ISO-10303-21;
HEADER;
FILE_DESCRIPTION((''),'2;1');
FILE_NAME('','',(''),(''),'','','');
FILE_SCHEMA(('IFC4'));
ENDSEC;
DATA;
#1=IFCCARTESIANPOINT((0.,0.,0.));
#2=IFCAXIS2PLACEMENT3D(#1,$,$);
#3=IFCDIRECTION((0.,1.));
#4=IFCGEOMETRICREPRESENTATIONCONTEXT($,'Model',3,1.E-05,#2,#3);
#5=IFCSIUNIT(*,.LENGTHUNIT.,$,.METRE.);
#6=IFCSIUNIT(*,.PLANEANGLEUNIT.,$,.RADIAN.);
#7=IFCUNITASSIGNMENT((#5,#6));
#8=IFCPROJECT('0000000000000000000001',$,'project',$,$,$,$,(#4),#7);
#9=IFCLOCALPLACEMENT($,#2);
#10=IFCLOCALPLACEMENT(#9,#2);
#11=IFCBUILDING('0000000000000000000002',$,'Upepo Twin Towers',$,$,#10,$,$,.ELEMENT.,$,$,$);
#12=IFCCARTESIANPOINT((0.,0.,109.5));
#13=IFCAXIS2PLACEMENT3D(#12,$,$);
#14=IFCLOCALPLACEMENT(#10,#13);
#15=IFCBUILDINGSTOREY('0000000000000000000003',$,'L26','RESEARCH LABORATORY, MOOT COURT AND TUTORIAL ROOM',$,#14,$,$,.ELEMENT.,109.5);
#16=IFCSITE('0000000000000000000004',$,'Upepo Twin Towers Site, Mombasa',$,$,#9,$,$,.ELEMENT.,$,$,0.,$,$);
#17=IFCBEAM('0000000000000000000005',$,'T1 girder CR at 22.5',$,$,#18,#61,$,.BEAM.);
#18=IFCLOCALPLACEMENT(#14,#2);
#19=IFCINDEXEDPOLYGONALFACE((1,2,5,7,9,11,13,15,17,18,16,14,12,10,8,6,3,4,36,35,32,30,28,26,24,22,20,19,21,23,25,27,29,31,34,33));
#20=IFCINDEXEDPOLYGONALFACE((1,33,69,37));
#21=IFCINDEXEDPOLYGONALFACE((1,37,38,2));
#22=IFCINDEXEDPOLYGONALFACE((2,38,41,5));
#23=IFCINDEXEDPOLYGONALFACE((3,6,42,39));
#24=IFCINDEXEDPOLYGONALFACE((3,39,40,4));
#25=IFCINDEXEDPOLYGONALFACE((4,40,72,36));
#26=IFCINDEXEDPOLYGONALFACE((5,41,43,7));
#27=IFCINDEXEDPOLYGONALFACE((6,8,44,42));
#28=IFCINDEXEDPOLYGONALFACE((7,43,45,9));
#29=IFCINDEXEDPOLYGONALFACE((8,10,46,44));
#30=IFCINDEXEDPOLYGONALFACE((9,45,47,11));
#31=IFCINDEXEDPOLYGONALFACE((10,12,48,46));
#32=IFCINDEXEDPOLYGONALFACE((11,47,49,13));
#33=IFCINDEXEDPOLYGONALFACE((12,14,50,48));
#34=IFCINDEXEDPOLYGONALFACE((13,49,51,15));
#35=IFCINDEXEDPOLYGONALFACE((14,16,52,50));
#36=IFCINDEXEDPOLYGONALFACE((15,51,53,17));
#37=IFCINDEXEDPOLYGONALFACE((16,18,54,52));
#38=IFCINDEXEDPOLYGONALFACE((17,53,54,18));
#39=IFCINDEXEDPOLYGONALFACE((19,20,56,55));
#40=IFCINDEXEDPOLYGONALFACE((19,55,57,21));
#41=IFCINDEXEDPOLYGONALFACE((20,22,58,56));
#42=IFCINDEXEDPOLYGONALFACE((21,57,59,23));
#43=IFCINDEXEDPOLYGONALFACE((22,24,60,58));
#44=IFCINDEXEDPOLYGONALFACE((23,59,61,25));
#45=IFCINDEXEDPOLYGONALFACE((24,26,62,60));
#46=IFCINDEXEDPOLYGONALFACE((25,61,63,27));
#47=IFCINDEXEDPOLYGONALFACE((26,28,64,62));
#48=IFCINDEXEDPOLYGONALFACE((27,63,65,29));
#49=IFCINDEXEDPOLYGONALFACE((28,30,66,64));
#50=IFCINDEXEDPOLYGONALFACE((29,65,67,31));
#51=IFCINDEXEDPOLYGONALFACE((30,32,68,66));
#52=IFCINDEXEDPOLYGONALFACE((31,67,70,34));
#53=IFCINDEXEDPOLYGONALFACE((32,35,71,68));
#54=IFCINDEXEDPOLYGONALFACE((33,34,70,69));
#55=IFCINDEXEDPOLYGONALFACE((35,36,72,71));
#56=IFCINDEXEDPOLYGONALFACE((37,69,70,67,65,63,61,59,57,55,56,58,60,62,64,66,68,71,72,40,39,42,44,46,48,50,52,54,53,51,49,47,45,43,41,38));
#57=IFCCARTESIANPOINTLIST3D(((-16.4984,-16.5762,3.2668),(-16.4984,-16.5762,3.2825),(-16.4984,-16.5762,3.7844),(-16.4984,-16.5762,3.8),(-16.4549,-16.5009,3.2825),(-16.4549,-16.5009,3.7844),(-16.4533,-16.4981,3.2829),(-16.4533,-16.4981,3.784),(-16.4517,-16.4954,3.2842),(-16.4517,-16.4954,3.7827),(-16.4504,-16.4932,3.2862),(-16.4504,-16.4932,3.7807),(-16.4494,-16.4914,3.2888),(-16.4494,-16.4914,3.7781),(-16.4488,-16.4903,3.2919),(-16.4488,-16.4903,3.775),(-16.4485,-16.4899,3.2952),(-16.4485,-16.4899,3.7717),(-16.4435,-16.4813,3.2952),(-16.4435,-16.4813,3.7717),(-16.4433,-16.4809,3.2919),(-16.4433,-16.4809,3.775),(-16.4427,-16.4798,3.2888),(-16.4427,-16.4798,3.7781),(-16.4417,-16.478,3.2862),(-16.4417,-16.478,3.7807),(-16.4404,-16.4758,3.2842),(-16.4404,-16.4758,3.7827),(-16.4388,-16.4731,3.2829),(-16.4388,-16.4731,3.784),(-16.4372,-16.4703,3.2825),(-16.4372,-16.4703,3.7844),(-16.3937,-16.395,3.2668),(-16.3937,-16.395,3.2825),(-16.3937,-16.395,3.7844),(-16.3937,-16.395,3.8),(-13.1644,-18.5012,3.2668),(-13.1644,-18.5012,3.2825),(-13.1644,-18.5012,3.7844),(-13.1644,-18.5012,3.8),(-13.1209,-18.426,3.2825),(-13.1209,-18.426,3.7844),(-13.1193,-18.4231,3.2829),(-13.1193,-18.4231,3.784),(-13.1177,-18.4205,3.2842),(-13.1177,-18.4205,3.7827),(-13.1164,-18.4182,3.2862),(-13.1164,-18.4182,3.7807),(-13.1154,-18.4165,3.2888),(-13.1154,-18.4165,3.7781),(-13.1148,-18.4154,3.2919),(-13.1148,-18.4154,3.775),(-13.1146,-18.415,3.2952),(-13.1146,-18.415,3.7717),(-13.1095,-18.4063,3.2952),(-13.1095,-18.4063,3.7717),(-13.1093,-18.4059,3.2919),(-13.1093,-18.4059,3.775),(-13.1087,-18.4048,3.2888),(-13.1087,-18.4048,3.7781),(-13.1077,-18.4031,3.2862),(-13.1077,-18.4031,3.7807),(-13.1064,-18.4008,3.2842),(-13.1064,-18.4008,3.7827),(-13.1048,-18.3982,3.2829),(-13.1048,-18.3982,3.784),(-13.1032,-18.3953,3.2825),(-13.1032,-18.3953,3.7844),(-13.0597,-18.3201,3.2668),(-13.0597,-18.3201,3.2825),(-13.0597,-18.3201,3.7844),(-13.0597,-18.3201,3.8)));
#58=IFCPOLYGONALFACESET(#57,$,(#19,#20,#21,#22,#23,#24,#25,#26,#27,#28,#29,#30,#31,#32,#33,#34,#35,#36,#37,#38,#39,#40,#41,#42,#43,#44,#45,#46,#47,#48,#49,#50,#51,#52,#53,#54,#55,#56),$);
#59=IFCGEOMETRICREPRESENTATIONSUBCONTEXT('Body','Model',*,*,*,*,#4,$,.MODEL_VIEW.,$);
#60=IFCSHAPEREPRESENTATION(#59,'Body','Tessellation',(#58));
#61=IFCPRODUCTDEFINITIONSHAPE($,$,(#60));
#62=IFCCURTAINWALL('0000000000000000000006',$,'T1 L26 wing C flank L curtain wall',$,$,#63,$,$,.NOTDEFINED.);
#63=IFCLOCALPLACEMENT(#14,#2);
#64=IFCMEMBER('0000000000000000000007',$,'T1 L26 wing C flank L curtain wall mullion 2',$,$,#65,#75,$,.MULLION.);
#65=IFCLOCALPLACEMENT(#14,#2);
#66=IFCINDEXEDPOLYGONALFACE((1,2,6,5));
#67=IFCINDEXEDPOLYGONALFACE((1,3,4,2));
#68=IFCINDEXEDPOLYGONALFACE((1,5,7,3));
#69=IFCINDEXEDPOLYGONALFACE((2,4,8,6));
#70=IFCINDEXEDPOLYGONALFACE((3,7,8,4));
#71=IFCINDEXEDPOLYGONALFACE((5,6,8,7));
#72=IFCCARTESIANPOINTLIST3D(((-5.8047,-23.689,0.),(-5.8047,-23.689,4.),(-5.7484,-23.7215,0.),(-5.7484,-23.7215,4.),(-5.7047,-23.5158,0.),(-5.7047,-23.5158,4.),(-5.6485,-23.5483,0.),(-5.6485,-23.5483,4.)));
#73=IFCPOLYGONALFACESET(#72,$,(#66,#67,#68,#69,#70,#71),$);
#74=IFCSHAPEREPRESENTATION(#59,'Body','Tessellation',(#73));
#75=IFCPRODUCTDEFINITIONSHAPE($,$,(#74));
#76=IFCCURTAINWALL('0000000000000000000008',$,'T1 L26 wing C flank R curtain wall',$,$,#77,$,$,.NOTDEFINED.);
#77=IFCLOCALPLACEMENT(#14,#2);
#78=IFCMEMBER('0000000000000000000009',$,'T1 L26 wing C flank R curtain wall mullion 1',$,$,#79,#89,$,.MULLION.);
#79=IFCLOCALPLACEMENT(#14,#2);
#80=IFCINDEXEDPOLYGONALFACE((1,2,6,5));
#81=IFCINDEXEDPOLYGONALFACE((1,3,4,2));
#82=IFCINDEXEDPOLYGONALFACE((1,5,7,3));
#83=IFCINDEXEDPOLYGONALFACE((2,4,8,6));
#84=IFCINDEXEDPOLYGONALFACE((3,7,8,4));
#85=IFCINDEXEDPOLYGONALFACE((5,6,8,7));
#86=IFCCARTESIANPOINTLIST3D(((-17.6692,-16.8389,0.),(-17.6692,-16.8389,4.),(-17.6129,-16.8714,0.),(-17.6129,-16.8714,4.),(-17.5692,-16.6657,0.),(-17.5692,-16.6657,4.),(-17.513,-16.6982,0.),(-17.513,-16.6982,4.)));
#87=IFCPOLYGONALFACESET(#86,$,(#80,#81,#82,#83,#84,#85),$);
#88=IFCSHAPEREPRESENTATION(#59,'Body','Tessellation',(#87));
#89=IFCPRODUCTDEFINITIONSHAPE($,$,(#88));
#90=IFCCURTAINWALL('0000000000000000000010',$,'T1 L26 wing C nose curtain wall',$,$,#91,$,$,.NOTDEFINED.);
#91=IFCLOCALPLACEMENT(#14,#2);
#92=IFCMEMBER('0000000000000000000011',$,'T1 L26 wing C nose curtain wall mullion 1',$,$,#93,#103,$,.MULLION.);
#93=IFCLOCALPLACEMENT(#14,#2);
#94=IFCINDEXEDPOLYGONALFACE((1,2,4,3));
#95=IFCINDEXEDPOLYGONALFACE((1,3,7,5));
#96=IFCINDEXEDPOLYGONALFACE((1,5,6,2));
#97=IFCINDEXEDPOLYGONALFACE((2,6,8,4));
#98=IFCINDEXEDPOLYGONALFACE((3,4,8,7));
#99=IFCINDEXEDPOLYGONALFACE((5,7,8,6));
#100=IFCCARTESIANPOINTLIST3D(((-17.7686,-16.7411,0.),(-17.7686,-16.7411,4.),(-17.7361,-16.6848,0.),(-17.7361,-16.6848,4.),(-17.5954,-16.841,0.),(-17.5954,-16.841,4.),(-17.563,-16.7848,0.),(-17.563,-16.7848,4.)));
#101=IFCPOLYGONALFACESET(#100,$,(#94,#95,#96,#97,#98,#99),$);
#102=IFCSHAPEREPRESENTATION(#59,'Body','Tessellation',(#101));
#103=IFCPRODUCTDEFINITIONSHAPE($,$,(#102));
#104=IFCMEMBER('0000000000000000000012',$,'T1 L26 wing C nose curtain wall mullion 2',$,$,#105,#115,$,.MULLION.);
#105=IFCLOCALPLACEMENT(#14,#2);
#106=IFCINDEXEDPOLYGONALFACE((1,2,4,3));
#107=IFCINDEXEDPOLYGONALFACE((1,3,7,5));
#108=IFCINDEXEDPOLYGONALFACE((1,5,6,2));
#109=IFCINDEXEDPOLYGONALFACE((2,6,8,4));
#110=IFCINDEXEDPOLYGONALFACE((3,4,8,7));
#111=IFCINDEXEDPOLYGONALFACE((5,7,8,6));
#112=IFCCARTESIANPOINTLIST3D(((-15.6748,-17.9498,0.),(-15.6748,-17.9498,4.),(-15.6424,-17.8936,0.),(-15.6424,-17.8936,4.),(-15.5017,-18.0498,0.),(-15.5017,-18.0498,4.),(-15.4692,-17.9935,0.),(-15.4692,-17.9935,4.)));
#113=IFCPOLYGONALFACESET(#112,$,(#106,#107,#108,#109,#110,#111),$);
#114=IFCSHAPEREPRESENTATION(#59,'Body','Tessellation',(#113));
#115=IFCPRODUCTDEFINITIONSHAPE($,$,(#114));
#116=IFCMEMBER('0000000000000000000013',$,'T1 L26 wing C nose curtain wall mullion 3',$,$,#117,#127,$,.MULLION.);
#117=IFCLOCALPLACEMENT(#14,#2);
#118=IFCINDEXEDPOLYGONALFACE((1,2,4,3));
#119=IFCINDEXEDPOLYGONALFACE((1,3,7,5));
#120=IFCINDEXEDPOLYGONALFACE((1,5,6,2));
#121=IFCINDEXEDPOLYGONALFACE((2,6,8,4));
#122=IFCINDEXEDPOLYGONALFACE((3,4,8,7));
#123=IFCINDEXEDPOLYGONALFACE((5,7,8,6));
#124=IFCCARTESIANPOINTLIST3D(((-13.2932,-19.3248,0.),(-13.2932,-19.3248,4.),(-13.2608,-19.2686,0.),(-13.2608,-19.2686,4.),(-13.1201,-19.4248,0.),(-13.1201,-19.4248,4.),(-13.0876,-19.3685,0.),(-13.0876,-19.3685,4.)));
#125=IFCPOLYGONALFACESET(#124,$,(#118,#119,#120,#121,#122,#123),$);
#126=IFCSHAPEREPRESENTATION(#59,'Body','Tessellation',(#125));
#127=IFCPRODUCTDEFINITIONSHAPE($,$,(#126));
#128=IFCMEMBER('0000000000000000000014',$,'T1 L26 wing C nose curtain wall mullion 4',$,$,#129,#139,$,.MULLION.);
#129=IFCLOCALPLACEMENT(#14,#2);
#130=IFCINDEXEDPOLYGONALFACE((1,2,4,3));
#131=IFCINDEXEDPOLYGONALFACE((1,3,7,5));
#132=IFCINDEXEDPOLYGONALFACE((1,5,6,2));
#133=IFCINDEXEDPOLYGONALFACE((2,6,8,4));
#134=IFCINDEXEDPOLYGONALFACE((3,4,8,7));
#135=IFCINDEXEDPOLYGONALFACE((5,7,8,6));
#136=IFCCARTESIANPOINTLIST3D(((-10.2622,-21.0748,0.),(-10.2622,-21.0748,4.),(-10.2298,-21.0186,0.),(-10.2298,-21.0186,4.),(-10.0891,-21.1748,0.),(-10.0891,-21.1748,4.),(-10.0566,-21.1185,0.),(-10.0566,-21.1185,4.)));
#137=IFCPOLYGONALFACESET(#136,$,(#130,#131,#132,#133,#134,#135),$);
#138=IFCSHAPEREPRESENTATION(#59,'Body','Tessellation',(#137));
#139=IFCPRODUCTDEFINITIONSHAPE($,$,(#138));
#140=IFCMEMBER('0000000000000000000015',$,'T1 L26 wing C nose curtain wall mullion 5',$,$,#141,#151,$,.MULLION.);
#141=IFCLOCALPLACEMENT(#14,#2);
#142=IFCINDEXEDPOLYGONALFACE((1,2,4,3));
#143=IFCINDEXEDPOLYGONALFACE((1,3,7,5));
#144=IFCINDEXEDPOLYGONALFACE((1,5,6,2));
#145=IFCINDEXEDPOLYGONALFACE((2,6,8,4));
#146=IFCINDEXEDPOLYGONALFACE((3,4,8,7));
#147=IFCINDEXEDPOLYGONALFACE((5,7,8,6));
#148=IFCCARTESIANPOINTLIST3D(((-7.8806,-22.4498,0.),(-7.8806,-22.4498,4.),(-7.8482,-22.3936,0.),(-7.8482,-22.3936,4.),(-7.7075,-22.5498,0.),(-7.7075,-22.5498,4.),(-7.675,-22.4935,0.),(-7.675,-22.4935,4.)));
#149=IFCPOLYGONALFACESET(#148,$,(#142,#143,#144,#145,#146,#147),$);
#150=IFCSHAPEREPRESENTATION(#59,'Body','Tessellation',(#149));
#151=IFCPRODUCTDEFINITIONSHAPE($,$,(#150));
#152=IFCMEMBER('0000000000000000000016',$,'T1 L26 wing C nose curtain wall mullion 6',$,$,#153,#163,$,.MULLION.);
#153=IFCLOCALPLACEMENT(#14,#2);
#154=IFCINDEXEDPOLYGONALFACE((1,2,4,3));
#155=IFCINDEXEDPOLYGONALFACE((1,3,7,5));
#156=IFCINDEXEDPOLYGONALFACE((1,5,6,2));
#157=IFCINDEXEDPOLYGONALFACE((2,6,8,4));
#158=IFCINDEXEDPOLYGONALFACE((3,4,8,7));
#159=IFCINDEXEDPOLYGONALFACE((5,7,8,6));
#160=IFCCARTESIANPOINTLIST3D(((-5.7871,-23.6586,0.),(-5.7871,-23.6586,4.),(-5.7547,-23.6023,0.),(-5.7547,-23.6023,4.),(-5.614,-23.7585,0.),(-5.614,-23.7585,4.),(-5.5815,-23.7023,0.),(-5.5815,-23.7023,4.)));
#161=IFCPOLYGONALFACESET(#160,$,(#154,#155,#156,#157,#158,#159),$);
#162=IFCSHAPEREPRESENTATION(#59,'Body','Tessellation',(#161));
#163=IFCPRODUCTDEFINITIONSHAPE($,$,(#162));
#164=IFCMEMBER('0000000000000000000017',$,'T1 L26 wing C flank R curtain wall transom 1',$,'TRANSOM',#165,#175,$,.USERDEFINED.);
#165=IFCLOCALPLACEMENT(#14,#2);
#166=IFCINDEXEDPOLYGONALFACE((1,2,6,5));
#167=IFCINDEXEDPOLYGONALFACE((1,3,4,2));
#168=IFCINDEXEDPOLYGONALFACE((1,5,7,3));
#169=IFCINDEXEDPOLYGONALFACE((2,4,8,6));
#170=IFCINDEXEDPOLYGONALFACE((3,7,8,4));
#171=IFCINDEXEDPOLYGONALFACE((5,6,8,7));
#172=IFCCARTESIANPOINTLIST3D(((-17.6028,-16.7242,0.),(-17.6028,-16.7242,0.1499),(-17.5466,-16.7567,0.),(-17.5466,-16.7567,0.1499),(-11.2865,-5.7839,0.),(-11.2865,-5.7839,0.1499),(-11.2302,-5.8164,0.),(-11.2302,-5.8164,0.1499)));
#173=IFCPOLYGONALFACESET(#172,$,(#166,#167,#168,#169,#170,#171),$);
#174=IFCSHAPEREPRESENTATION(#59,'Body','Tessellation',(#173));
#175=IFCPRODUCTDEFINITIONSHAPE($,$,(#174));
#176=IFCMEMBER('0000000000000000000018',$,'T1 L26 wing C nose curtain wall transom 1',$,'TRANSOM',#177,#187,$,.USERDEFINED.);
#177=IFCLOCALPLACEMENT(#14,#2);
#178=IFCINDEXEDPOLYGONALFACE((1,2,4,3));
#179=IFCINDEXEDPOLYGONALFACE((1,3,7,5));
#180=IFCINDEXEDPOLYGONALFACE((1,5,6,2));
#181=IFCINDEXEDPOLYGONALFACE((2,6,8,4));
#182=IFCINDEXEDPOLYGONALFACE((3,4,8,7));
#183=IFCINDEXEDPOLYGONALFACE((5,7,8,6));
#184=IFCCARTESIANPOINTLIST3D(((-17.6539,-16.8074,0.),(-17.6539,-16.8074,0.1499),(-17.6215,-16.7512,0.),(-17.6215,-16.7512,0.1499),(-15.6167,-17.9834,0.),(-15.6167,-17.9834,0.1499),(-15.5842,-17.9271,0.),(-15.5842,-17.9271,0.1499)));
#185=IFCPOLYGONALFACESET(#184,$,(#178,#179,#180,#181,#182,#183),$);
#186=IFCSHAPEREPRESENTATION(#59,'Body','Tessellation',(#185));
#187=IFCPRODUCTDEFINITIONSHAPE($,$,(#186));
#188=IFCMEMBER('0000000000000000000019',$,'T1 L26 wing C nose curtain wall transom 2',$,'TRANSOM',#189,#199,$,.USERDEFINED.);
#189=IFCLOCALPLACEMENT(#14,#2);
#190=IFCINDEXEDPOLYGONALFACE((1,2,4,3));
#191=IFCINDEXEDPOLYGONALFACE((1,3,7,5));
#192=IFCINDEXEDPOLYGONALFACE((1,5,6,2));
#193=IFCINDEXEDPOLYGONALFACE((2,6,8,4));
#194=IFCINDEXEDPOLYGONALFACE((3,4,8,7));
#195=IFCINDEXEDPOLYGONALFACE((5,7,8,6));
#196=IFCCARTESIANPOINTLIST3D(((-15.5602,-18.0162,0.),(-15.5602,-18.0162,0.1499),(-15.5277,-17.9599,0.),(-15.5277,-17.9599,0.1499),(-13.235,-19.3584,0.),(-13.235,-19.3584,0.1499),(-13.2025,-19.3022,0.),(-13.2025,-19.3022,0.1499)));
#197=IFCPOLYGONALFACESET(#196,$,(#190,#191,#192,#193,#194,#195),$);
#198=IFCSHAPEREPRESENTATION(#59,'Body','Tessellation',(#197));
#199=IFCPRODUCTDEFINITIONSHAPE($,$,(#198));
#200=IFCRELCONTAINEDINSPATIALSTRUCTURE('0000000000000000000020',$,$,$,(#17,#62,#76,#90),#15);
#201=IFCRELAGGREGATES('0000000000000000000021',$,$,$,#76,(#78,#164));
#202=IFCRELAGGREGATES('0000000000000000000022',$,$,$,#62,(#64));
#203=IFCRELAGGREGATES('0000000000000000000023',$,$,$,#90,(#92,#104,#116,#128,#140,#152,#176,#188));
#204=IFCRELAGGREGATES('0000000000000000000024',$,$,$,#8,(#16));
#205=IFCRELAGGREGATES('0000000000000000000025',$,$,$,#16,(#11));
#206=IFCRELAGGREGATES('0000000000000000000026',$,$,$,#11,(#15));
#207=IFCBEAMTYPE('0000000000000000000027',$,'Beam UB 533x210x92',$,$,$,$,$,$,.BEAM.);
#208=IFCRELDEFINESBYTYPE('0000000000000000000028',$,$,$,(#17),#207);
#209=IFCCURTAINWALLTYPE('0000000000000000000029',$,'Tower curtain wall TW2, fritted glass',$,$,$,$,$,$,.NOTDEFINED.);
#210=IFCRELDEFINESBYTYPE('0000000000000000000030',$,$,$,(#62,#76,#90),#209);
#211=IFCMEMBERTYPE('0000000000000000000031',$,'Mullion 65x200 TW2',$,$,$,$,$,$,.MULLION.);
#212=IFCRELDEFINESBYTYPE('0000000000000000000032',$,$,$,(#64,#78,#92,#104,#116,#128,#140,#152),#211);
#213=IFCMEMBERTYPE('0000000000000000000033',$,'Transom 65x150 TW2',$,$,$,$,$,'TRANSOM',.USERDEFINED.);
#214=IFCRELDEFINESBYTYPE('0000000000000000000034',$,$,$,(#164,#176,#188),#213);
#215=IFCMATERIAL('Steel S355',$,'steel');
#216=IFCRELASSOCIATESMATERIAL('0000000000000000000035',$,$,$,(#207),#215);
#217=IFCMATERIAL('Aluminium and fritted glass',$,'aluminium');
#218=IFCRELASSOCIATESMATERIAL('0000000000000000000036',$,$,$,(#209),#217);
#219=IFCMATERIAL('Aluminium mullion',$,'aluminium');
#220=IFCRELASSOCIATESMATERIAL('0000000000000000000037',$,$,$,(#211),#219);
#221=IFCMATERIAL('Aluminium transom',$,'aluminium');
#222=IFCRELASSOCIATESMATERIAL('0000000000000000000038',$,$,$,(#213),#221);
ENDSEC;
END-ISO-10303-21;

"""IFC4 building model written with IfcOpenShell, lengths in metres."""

from ifc_helpers import new_model, si_unit, direction, frame, origin, origin_2d, place, context, subcontext, project, spatial, rectangle, i_section, extrude, material, material_profile, profile_set, type_object, element, aggregate, save


model = new_model("IFC4")

# Units and contexts
model_context = context("Model", 3, precision=1e-05, world=origin(), true_north=direction((0.0, 1.0)))
body_context = subcontext(model_context, "Body", "Model", "MODEL_VIEW")
ifc_project = project(units=[si_unit("LENGTHUNIT", "METRE"), si_unit("PLANEANGLEUNIT", "RADIAN")], contexts=[model_context])

# Site, building, storey
site_placement = place(None, origin())
site = spatial("IfcSite", under=ifc_project, at=site_placement, Name="Upepo Twin Towers Site, Mombasa", CompositionType="ELEMENT", RefElevation=0.0)
building_placement = place(site_placement, origin())
building = spatial("IfcBuilding", under=site, at=building_placement, Name="Upepo Twin Towers", CompositionType="ELEMENT")
storey_placement = place(building_placement, frame((0.0, 0.0, 109.5)))
storey = spatial("IfcBuildingStorey", under=building, at=storey_placement, Name="L26", Description="RESEARCH LABORATORY, MOOT COURT AND TUTORIAL ROOM", CompositionType="ELEMENT", Elevation=109.5)

# Beam
ifc_material_1 = material(Name="Steel S355", Category="steel")
ifc_material_profile_1 = material_profile(ifc_material_1, i_section(OverallWidth=0.2092, OverallDepth=0.5332, WebThickness=0.01, FlangeThickness=0.0156, FilletRadius=0.0127, at=origin_2d()), Name="UB 533x210x92")
ifc_profile_set_1 = profile_set([ifc_material_profile_1], Name="Steel S355")
beam_type_1 = type_object("IfcBeamType", Name="Beam UB 533x210x92", PredefinedType="BEAM", material=ifc_profile_set_1)
for number, where, z_axis, x_axis, name in (
    (1, (-16.446, -16.4856, 3.5334), (0.866006, -0.500034, 0.0), (0.500034, 0.866006, 0.0), "T1 girder CR at 22.5"),
):
    element("IfcBeam", number, at=place(storey_placement, frame(where, z_axis=z_axis, x_axis=x_axis)), inside=storey, type_object=beam_type_1, Name=name, PredefinedType="BEAM", context=body_context, shape_type="SweptSolid", body=[
        extrude(i_section(OverallWidth=0.2092, OverallDepth=0.5332, WebThickness=0.01, FlangeThickness=0.0156, FilletRadius=0.0127, at=origin_2d()), origin(), (0.0, 0.0, 1.0), 3.8499),
    ])

# Curtain walls, members
ifc_material_2 = material(Name="Aluminium and fritted glass", Category="aluminium")
curtain_wall_type = type_object("IfcCurtainWallType", Name="Tower curtain wall TW2, fritted glass", PredefinedType="NOTDEFINED", material=ifc_material_2)
curtain_wall_1_placement = place(storey_placement, origin())
curtain_wall_1 = element("IfcCurtainWall", 2, at=curtain_wall_1_placement, inside=storey, type_object=curtain_wall_type, Name="T1 L26 wing C flank L curtain wall", PredefinedType="NOTDEFINED")
ifc_material_3 = material(Name="Aluminium mullion", Category="aluminium")
ifc_material_profile_2 = material_profile(ifc_material_3, rectangle(XDim=0.0649, YDim=0.2, at=origin_2d()), Name="MULLION 65x200")
ifc_profile_set_2 = profile_set([ifc_material_profile_2], Name="Aluminium mullion")
member_type_1 = type_object("IfcMemberType", Name="Mullion 65x200 TW2", PredefinedType="MULLION", material=ifc_profile_set_2)
member_1_placement = place(storey_placement, frame((-5.7266, -23.6187, 0.0), z_axis=(0.0, 0.0, 1.0), x_axis=(0.866025, -0.5, 0.0)))
member_1 = element("IfcMember", 3, at=member_1_placement, type_object=member_type_1, Name="T1 L26 wing C flank L curtain wall mullion 2", PredefinedType="MULLION", context=body_context, shape_type="SweptSolid", body=[
    extrude(rectangle(XDim=0.0649, YDim=0.2, at=origin_2d()), origin(), (0.0, 0.0, 1.0), 4.0),
])
curtain_wall_2_placement = place(storey_placement, origin())
curtain_wall_2 = element("IfcCurtainWall", 4, at=curtain_wall_2_placement, inside=storey, type_object=curtain_wall_type, Name="T1 L26 wing C flank R curtain wall", PredefinedType="NOTDEFINED")
member_2_placement = place(storey_placement, frame((-17.5911, -16.7686, 0.0), z_axis=(0.0, 0.0, 1.0), x_axis=(-0.866025, 0.5, 0.0)))
member_2 = element("IfcMember", 5, at=member_2_placement, type_object=member_type_1, Name="T1 L26 wing C flank R curtain wall mullion 1", PredefinedType="MULLION", context=body_context, shape_type="SweptSolid", body=[
    extrude(rectangle(XDim=0.0649, YDim=0.2, at=origin_2d()), origin(), (0.0, 0.0, 1.0), 4.0),
])

# Curtain wall, members
curtain_wall_3_placement = place(storey_placement, origin())
curtain_wall_3 = element("IfcCurtainWall", 6, at=curtain_wall_3_placement, inside=storey, type_object=curtain_wall_type, Name="T1 L26 wing C nose curtain wall", PredefinedType="NOTDEFINED")
member_3_placement = place(storey_placement, frame((-17.6658, -16.7629, 0.0), z_axis=(0.0, 0.0, 1.0), x_axis=(0.5, 0.866025, 0.0)))
member_3 = element("IfcMember", 7, at=member_3_placement, type_object=member_type_1, Name="T1 L26 wing C nose curtain wall mullion 1", PredefinedType="MULLION", context=body_context, shape_type="SweptSolid", body=[
    extrude(rectangle(XDim=0.0649, YDim=0.2, at=origin_2d()), origin(), (0.0, 0.0, 1.0), 4.0),
])
member_4_placement = place(storey_placement, frame((-15.572, -17.9717, 0.0), z_axis=(0.0, 0.0, 1.0), x_axis=(0.5, 0.866025, 0.0)))
member_4 = element("IfcMember", 8, at=member_4_placement, type_object=member_type_1, Name="T1 L26 wing C nose curtain wall mullion 2", PredefinedType="MULLION", context=body_context, shape_type="SweptSolid", body=[
    extrude(rectangle(XDim=0.0649, YDim=0.2, at=origin_2d()), origin(), (0.0, 0.0, 1.0), 4.0),
])
member_5_placement = place(storey_placement, frame((-13.1904, -19.3467, 0.0), z_axis=(0.0, 0.0, 1.0), x_axis=(0.5, 0.866025, 0.0)))
member_5 = element("IfcMember", 9, at=member_5_placement, type_object=member_type_1, Name="T1 L26 wing C nose curtain wall mullion 3", PredefinedType="MULLION", context=body_context, shape_type="SweptSolid", body=[
    extrude(rectangle(XDim=0.0649, YDim=0.2, at=origin_2d()), origin(), (0.0, 0.0, 1.0), 4.0),
])
member_6_placement = place(storey_placement, frame((-10.1594, -21.0967, 0.0), z_axis=(0.0, 0.0, 1.0), x_axis=(0.5, 0.866025, 0.0)))
member_6 = element("IfcMember", 10, at=member_6_placement, type_object=member_type_1, Name="T1 L26 wing C nose curtain wall mullion 4", PredefinedType="MULLION", context=body_context, shape_type="SweptSolid", body=[
    extrude(rectangle(XDim=0.0649, YDim=0.2, at=origin_2d()), origin(), (0.0, 0.0, 1.0), 4.0),
])
member_7_placement = place(storey_placement, frame((-7.7778, -22.4717, 0.0), z_axis=(0.0, 0.0, 1.0), x_axis=(0.5, 0.866025, 0.0)))
member_7 = element("IfcMember", 11, at=member_7_placement, type_object=member_type_1, Name="T1 L26 wing C nose curtain wall mullion 5", PredefinedType="MULLION", context=body_context, shape_type="SweptSolid", body=[
    extrude(rectangle(XDim=0.0649, YDim=0.2, at=origin_2d()), origin(), (0.0, 0.0, 1.0), 4.0),
])
member_8_placement = place(storey_placement, frame((-5.6843, -23.6804, 0.0), z_axis=(0.0, 0.0, 1.0), x_axis=(0.5, 0.866025, 0.0)))
member_8 = element("IfcMember", 12, at=member_8_placement, type_object=member_type_1, Name="T1 L26 wing C nose curtain wall mullion 6", PredefinedType="MULLION", context=body_context, shape_type="SweptSolid", body=[
    extrude(rectangle(XDim=0.0649, YDim=0.2, at=origin_2d()), origin(), (0.0, 0.0, 1.0), 4.0),
])

# Members
ifc_material_4 = material(Name="Aluminium transom", Category="aluminium")
ifc_material_profile_3 = material_profile(ifc_material_4, rectangle(XDim=0.0649, YDim=0.1499, at=origin_2d()), Name="TRANSOM 65x150")
ifc_profile_set_3 = profile_set([ifc_material_profile_3], Name="Aluminium transom")
member_type_2 = type_object("IfcMemberType", Name="Transom 65x150 TW2", ElementType="TRANSOM", PredefinedType="USERDEFINED", material=ifc_profile_set_3)
member_9_placement = place(storey_placement, frame((-17.5747, -16.7405, 0.075), z_axis=(0.499997, 0.866027, 0.0), x_axis=(-0.866027, 0.499997, 0.0)))
member_9 = element("IfcMember", 13, at=member_9_placement, type_object=member_type_2, Name="T1 L26 wing C flank R curtain wall transom 1", ObjectType="TRANSOM", PredefinedType="USERDEFINED", context=body_context, shape_type="SweptSolid", body=[
    extrude(rectangle(XDim=0.0649, YDim=0.1499, at=origin_2d()), origin(), (0.0, 0.0, 1.0), 12.6328),
])
aggregate(curtain_wall_2, [member_2, member_9])
member_10_placement = place(storey_placement, frame((-17.6377, -16.7793, 0.075), z_axis=(0.86607, -0.499923, 0.0), x_axis=(0.499923, 0.86607, 0.0)))
member_10 = element("IfcMember", 14, at=member_10_placement, type_object=member_type_2, Name="T1 L26 wing C nose curtain wall transom 1", ObjectType="TRANSOM", PredefinedType="USERDEFINED", context=body_context, shape_type="SweptSolid", body=[
    extrude(rectangle(XDim=0.0649, YDim=0.1499, at=origin_2d()), origin(), (0.0, 0.0, 1.0), 2.3523),
])
member_11_placement = place(storey_placement, frame((-15.5439, -17.988, 0.075), z_axis=(0.866052, -0.499953, 0.0), x_axis=(0.499953, 0.866052, 0.0)))
member_11 = element("IfcMember", 15, at=member_11_placement, type_object=member_type_2, Name="T1 L26 wing C nose curtain wall transom 2", ObjectType="TRANSOM", PredefinedType="USERDEFINED", context=body_context, shape_type="SweptSolid", body=[
    extrude(rectangle(XDim=0.0649, YDim=0.1499, at=origin_2d()), origin(), (0.0, 0.0, 1.0), 2.6848),
])

aggregate(curtain_wall_1, [member_1])
aggregate(curtain_wall_3, [member_3, member_4, member_5, member_6, member_7, member_8, member_10, member_11])

save(model, "model.ifc")
